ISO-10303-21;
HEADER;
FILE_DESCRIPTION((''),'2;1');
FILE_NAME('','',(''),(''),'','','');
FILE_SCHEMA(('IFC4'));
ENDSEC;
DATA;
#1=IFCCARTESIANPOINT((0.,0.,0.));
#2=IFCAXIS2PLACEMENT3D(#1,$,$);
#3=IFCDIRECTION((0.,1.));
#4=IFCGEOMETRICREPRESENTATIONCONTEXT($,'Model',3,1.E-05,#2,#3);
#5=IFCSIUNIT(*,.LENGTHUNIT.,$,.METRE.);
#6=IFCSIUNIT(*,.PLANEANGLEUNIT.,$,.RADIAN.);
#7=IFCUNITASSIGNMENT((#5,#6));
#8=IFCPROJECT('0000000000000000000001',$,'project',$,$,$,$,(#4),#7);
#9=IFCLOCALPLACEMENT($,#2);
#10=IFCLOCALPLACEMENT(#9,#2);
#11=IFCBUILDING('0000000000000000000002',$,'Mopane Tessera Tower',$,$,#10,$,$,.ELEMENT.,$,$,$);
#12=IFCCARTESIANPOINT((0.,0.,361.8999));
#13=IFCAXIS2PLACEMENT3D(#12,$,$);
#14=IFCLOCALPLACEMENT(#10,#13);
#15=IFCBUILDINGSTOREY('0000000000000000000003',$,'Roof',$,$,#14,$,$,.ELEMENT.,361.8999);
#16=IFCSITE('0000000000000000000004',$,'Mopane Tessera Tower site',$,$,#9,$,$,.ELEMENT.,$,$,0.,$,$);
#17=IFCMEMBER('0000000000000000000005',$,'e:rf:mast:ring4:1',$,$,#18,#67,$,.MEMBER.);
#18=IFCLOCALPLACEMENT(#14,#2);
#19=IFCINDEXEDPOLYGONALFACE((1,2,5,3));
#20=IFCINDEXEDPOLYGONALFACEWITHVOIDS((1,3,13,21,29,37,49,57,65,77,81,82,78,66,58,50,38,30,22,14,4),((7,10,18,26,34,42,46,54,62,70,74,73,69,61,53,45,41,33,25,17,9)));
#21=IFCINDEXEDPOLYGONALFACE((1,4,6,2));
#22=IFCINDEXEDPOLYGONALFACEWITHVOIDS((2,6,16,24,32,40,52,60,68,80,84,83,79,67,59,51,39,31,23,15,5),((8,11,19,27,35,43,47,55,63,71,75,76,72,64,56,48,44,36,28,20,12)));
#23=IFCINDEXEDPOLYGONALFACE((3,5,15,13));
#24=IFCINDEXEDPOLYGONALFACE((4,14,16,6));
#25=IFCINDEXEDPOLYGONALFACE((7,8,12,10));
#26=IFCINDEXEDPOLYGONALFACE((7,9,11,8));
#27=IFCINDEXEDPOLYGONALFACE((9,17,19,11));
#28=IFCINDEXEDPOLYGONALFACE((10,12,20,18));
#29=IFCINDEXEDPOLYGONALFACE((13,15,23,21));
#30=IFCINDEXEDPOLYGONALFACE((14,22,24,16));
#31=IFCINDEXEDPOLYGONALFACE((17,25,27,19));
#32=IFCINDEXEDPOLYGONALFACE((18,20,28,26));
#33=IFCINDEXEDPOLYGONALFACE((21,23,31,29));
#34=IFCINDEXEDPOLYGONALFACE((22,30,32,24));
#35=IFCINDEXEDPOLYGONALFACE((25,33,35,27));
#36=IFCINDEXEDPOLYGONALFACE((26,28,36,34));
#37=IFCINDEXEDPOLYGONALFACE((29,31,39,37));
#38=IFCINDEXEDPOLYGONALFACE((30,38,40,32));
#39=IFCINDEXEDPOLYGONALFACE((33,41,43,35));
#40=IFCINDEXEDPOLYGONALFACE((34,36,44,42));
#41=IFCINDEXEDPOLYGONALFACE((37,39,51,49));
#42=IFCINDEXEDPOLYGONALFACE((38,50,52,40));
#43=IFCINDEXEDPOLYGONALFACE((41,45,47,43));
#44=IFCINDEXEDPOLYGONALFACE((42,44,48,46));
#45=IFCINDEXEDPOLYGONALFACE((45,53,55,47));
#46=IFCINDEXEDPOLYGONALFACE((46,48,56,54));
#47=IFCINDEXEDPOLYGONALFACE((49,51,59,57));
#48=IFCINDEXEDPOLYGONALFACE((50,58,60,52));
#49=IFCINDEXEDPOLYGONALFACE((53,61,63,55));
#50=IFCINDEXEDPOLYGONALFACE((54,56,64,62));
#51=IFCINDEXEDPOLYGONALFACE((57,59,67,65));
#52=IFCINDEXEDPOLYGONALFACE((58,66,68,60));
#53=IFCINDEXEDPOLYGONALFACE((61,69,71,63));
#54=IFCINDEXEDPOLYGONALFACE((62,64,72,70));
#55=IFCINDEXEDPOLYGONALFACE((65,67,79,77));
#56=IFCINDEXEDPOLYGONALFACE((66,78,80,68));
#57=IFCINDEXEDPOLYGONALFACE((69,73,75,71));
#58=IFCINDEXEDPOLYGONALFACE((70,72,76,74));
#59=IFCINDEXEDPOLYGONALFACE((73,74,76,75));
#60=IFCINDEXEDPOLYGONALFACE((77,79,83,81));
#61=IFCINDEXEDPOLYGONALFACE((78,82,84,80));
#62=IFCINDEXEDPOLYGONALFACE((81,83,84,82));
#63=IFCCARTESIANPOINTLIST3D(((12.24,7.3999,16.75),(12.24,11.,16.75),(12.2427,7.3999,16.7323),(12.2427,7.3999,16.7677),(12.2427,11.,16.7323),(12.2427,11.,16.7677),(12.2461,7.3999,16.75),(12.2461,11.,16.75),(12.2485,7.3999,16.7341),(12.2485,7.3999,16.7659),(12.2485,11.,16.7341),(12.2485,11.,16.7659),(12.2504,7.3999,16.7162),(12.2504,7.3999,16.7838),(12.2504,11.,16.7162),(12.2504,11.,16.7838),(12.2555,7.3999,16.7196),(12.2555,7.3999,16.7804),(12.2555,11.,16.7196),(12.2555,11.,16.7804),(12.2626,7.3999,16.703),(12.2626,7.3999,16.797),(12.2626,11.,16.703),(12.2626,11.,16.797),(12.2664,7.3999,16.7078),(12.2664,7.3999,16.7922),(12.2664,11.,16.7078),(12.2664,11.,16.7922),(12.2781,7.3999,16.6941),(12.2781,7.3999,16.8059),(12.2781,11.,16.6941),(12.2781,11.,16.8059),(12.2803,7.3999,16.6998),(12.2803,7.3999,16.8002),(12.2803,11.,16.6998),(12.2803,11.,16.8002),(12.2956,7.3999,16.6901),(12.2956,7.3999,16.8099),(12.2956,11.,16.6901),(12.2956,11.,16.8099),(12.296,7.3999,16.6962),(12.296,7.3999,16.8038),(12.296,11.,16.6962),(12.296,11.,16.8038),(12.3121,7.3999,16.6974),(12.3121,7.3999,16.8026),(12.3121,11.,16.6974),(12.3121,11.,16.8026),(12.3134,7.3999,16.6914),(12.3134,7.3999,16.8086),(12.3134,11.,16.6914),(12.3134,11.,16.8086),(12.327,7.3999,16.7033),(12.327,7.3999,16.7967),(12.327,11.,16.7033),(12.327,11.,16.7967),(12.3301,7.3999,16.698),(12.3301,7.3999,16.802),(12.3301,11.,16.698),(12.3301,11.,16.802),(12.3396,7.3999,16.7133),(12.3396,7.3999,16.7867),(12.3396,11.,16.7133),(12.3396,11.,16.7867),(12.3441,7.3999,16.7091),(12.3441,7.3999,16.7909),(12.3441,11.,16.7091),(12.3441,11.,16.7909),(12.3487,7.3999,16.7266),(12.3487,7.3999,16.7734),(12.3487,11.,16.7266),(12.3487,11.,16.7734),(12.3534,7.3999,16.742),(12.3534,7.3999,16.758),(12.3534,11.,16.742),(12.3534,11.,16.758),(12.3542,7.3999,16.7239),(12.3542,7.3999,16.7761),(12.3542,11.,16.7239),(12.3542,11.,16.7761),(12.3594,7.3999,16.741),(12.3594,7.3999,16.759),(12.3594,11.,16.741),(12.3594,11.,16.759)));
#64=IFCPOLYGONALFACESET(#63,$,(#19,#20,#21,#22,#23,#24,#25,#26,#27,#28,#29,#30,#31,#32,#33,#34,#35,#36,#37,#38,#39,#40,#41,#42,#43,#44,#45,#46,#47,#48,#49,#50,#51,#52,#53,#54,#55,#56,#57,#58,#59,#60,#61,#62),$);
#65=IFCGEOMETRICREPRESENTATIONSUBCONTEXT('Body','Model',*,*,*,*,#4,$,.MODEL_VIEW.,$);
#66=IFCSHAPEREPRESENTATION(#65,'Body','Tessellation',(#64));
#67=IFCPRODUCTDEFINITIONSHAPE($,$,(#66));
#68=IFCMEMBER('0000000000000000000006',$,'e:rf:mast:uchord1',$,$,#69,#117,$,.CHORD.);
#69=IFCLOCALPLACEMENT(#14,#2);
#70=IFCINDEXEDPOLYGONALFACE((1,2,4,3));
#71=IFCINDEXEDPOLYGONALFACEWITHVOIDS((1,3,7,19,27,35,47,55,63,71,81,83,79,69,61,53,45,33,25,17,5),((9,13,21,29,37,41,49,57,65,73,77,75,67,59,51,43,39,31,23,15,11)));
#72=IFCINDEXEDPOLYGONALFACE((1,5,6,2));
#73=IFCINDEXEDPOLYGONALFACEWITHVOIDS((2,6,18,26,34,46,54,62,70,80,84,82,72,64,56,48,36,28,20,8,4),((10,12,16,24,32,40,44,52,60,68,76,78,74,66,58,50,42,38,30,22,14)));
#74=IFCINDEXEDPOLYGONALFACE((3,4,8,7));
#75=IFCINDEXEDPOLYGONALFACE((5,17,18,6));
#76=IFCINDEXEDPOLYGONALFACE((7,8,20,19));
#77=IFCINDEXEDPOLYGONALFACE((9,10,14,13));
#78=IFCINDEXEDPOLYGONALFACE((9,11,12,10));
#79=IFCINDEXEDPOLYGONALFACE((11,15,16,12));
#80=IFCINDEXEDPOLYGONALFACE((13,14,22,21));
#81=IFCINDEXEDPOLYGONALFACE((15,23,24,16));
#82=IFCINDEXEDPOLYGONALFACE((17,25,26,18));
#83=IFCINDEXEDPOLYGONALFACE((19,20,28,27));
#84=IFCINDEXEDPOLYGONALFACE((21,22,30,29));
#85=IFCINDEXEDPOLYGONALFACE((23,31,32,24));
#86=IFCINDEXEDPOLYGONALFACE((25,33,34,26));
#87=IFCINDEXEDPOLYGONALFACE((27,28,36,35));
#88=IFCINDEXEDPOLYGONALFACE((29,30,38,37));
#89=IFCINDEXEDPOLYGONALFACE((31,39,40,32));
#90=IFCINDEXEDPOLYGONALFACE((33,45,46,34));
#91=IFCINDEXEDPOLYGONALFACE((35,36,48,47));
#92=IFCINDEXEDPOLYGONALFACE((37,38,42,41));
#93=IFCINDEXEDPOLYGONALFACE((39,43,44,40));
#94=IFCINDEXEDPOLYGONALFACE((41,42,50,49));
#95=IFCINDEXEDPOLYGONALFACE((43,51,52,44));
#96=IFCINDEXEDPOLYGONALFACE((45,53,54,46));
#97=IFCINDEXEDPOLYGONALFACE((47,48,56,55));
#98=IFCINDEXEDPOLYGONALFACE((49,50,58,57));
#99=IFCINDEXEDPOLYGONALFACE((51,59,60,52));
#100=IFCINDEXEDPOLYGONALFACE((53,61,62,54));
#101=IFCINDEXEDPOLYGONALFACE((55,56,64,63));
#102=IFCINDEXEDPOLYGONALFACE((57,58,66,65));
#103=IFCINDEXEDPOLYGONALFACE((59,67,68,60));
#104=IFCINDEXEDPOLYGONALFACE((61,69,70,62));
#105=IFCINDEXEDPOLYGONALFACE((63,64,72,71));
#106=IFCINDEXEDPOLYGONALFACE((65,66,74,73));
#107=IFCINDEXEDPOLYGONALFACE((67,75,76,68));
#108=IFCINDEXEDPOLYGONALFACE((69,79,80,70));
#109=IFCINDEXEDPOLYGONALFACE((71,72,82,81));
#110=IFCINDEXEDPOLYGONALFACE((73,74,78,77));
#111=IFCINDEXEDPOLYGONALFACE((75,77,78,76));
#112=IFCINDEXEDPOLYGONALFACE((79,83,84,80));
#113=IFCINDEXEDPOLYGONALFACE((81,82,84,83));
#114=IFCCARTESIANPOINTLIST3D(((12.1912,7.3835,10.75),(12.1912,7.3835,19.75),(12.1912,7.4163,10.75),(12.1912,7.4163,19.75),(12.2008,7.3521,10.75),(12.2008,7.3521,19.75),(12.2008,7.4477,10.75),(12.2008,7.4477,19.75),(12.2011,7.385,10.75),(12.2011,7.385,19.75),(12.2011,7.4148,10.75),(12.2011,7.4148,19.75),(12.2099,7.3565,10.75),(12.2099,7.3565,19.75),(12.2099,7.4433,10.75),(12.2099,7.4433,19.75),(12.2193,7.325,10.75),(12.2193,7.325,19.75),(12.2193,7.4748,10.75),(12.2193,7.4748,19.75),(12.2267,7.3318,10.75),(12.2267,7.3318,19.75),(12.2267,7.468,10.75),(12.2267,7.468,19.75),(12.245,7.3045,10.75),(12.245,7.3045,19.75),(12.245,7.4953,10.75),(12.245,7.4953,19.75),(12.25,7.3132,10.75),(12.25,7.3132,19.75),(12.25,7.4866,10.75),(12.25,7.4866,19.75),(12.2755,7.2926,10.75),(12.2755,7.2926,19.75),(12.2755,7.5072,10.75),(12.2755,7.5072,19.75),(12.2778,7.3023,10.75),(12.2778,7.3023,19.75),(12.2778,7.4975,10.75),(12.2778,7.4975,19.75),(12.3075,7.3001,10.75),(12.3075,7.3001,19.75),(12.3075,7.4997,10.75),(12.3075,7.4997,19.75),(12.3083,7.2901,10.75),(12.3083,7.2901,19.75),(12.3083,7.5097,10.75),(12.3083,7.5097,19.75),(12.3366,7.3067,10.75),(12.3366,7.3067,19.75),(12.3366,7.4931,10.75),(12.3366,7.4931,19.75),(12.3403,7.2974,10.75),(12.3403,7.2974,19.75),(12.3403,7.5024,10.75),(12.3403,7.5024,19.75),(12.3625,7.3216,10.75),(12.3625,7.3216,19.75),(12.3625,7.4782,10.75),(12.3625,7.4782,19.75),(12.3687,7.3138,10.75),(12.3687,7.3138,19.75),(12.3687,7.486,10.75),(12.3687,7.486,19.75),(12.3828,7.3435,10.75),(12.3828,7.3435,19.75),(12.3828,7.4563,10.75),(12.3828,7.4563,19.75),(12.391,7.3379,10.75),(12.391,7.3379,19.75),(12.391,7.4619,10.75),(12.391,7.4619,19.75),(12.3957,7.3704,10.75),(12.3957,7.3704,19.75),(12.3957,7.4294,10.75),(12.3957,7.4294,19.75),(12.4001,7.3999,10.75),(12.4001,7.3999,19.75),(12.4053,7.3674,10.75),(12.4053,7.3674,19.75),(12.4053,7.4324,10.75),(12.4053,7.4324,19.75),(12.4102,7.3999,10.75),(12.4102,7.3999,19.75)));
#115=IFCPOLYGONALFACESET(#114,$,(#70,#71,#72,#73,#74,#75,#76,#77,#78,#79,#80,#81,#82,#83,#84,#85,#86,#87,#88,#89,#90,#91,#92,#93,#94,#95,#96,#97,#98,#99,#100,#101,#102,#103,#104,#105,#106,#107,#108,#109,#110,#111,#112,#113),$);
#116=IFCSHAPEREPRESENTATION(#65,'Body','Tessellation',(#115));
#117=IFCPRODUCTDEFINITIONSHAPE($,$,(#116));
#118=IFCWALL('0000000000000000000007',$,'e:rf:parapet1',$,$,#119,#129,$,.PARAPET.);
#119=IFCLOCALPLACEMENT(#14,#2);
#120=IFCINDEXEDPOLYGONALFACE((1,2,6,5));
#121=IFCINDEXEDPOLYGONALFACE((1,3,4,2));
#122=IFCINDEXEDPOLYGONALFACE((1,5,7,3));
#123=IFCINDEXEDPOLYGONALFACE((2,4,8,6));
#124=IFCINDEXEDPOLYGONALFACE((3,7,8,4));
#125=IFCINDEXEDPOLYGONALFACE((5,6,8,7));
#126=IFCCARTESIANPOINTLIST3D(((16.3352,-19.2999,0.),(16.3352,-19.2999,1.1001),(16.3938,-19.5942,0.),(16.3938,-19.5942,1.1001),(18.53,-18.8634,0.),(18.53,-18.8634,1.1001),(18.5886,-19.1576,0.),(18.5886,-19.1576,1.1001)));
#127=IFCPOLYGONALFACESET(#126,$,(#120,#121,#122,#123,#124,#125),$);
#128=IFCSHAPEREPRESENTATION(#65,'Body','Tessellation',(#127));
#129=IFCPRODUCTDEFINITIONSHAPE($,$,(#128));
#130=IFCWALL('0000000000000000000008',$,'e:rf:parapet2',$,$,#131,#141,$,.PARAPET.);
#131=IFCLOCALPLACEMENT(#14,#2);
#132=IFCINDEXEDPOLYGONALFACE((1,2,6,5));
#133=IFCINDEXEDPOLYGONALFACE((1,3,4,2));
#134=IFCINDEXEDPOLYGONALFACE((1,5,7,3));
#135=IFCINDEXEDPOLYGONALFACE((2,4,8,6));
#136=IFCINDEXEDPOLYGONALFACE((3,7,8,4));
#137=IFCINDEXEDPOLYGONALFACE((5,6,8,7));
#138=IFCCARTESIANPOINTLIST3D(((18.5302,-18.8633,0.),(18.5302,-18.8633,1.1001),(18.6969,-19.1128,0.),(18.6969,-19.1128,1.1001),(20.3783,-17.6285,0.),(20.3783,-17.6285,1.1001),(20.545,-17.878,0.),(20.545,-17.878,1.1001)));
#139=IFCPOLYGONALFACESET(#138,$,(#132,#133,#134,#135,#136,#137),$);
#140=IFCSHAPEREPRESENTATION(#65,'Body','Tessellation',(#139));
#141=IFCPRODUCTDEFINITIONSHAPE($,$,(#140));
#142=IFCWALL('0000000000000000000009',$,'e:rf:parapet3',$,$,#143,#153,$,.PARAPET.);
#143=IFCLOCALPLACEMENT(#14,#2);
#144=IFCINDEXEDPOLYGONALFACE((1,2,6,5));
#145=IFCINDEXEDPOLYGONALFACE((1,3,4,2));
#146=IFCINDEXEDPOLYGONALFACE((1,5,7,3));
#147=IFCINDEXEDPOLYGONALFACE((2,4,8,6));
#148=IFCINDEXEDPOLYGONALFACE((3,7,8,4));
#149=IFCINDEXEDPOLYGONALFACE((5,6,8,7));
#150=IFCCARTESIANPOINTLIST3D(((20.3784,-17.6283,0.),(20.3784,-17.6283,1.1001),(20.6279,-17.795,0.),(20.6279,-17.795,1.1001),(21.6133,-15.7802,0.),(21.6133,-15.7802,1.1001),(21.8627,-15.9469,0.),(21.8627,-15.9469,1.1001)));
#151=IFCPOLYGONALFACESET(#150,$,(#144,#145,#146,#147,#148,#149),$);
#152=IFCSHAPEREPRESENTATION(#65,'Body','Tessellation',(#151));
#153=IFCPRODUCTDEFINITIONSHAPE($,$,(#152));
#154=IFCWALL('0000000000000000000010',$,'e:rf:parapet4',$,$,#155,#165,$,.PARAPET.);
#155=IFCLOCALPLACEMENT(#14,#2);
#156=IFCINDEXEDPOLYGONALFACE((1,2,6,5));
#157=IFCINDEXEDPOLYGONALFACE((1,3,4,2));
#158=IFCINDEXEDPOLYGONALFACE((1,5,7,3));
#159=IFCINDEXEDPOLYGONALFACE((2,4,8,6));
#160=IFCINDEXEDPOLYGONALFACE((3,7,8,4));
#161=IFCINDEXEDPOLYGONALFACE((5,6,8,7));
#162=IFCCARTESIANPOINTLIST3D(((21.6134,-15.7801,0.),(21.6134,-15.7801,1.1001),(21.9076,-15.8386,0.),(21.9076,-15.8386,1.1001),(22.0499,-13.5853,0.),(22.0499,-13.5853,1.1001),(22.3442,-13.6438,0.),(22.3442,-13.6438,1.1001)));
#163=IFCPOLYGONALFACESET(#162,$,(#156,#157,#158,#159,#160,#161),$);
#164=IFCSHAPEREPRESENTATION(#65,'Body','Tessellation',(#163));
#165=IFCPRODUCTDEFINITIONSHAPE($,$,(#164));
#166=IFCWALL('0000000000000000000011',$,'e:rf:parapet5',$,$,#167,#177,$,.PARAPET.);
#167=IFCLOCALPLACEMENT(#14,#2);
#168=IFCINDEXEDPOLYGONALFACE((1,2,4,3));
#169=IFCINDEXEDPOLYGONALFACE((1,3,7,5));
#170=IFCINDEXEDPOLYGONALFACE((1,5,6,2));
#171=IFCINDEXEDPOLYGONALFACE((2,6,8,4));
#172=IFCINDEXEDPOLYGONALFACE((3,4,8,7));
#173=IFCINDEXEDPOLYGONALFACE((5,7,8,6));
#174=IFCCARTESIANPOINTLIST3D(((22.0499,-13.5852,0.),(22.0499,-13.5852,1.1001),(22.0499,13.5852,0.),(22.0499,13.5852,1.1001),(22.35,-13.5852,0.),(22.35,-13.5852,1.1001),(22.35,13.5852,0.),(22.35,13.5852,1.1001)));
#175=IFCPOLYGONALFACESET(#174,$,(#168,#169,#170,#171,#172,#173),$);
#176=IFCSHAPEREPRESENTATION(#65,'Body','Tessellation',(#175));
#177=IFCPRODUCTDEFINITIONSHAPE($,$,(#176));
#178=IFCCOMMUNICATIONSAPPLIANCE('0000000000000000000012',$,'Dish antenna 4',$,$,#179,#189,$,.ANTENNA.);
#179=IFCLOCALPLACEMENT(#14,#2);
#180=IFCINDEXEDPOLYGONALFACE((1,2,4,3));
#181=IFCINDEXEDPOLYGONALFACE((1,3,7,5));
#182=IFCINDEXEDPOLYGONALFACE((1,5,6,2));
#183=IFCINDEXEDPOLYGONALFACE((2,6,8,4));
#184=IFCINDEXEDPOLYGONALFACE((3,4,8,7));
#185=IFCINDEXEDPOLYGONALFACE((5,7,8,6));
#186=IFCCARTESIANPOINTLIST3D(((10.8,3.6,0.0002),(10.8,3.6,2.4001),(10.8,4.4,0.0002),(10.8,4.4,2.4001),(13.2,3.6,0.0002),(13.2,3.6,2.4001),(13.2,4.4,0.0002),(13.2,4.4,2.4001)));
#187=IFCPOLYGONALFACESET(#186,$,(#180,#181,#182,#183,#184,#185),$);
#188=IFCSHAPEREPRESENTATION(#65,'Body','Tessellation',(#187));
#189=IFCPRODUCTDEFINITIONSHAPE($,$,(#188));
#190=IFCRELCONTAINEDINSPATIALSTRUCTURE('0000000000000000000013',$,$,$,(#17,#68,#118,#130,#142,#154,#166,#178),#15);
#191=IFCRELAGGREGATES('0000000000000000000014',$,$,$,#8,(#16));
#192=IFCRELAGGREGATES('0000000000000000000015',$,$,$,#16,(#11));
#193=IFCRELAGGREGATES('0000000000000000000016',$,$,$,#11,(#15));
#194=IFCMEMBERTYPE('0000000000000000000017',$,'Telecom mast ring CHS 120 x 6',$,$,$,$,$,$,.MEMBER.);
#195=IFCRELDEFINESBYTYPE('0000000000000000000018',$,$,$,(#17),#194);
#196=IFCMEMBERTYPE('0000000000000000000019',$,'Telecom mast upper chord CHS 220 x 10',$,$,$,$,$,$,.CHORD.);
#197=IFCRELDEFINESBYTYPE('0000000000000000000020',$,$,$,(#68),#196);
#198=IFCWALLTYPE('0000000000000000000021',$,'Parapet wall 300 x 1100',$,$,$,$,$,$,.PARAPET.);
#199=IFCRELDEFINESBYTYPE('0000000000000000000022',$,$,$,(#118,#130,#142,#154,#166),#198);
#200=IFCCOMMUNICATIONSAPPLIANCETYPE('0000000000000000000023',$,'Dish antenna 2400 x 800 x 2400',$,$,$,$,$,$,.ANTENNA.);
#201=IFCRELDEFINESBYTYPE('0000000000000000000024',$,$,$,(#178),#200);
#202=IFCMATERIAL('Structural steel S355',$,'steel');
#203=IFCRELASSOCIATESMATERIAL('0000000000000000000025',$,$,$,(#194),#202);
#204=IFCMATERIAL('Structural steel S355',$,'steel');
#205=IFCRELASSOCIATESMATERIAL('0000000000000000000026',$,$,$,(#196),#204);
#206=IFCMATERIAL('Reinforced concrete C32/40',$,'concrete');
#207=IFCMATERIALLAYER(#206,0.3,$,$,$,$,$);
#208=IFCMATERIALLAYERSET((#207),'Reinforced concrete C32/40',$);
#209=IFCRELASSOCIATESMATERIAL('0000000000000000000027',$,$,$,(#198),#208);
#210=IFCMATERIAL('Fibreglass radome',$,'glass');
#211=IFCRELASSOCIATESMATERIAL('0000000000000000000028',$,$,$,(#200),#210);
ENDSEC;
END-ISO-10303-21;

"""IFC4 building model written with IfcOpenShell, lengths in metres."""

from ifc_helpers import new_model, si_unit, direction, frame, frame_2d, origin, origin_2d, place, context, subcontext, project, spatial, rectangle, hollow_circle, extrude, material, layer, layer_set, material_profile, profile_set, type_object, element, save


model = new_model("IFC4")

# Units and contexts
model_context = context("Model", 3, precision=1e-05, world=origin(), true_north=direction((0.0, 1.0)))
body_context = subcontext(model_context, "Body", "Model", "MODEL_VIEW")
ifc_project = project(units=[si_unit("LENGTHUNIT", "METRE"), si_unit("PLANEANGLEUNIT", "RADIAN")], contexts=[model_context])

# Site, building, storey
site_placement = place(None, origin())
site = spatial("IfcSite", under=ifc_project, at=site_placement, Name="Mopane Tessera Tower site", CompositionType="ELEMENT", RefElevation=0.0)
building_placement = place(site_placement, origin())
building = spatial("IfcBuilding", under=site, at=building_placement, Name="Mopane Tessera Tower", CompositionType="ELEMENT")
storey_placement = place(building_placement, frame((0.0, 0.0, 361.8999)))
storey = spatial("IfcBuildingStorey", under=building, at=storey_placement, Name="Roof", CompositionType="ELEMENT", Elevation=361.8999)

# Members
ifc_material_1 = material(Name="Structural steel S355", Category="steel")
ifc_material_profile_1 = material_profile(ifc_material_1, hollow_circle(Radius=0.0601, WallThickness=0.0061, at=origin_2d()))
ifc_profile_set_1 = profile_set([ifc_material_profile_1], Name="Structural steel S355")
member_type_1 = type_object("IfcMemberType", Name="Telecom mast ring CHS 120 x 6", PredefinedType="MEMBER", material=ifc_profile_set_1)
for number, where, z_axis, x_axis, name in (
    (1, (12.3, 7.3999, 16.75), (0.0, 1.0, 0.0), (-1.0, 0.0, 0.0), "e:rf:mast:ring4:1"),
):
    element("IfcMember", number, at=place(storey_placement, frame(where, z_axis=z_axis, x_axis=x_axis)), inside=storey, type_object=member_type_1, Name=name, PredefinedType="MEMBER", context=body_context, shape_type="SweptSolid", body=[
        extrude(hollow_circle(Radius=0.0601, WallThickness=0.0061, at=origin_2d()), origin(), (0.0, 0.0, 1.0), 3.6001),
    ])
ifc_material_2 = material(Name="Structural steel S355", Category="steel")
ifc_material_profile_2 = material_profile(ifc_material_2, hollow_circle(Radius=0.1101, WallThickness=0.01, at=origin_2d()))
ifc_profile_set_2 = profile_set([ifc_material_profile_2], Name="Structural steel S355")
member_type_2 = type_object("IfcMemberType", Name="Telecom mast upper chord CHS 220 x 10", PredefinedType="CHORD", material=ifc_profile_set_2)
member_1_placement = place(storey_placement, frame((12.3, 7.3999, 10.75), z_axis=(0.0, 0.0, 1.0), x_axis=(1.0, 0.0, 0.0)))
element("IfcMember", 2, at=member_1_placement, inside=storey, type_object=member_type_2, Name="e:rf:mast:uchord1", PredefinedType="CHORD", context=body_context, shape_type="SweptSolid", body=[
    extrude(hollow_circle(Radius=0.1101, WallThickness=0.01, at=origin_2d()), origin(), (0.0, 0.0, 1.0), 9.0),
])

# Walls
ifc_material_3 = material(Name="Reinforced concrete C32/40", Category="concrete")
ifc_layer = layer(ifc_material_3, 0.3)
ifc_layer_set = layer_set([ifc_layer], Name="Reinforced concrete C32/40")
wall_type = type_object("IfcWallType", Name="Parapet wall 300 x 1100", PredefinedType="PARAPET", material=ifc_layer_set)
wall_1_placement = place(storey_placement, frame((16.3645, -19.447, 0.0), z_axis=(0.0, 0.0, 1.0), x_axis=(0.98079, 0.195067, 0.0)))
element("IfcWall", 3, at=wall_1_placement, inside=storey, type_object=wall_type, Name="e:rf:parapet1", PredefinedType="PARAPET", context=body_context, shape_type="SweptSolid", body=[
    extrude(rectangle(XDim=2.2378, YDim=0.3, at=frame_2d((1.1189, 0.0))), origin(), (0.0, 0.0, 1.0), 1.1001),
])
for number, where, z_axis, x_axis, name in (
    (4, (18.6135, -18.988, 0.0), (0.0, 0.0, 1.0), (0.831475, 0.555562, 0.0), "e:rf:parapet2"),
    (5, (20.5032, -17.7117, 0.0), (0.0, 0.0, 1.0), (0.555562, 0.831475, 0.0), "e:rf:parapet3"),
):
    element("IfcWall", number, at=place(storey_placement, frame(where, z_axis=z_axis, x_axis=x_axis)), inside=storey, type_object=wall_type, Name=name, PredefinedType="PARAPET", context=body_context, shape_type="SweptSolid", body=[
        extrude(rectangle(XDim=2.2227, YDim=0.3, at=frame_2d((1.1113, 0.0))), origin(), (0.0, 0.0, 1.0), 1.1001),
    ])
wall_2_placement = place(storey_placement, frame((21.7605, -15.8093, 0.0), z_axis=(0.0, 0.0, 1.0), x_axis=(0.195067, 0.98079, 0.0)))
element("IfcWall", 6, at=wall_2_placement, inside=storey, type_object=wall_type, Name="e:rf:parapet4", PredefinedType="PARAPET", context=body_context, shape_type="SweptSolid", body=[
    extrude(rectangle(XDim=2.2378, YDim=0.3, at=frame_2d((1.1189, 0.0))), origin(), (0.0, 0.0, 1.0), 1.1001),
])
wall_3_placement = place(storey_placement, frame((22.2, -13.5852, 0.0), z_axis=(0.0, 0.0, 1.0), x_axis=(0.0, 1.0, 0.0)))
element("IfcWall", 7, at=wall_3_placement, inside=storey, type_object=wall_type, Name="e:rf:parapet5", PredefinedType="PARAPET", context=body_context, shape_type="SweptSolid", body=[
    extrude(rectangle(XDim=27.1704, YDim=0.3, at=frame_2d((13.5852, 0.0))), origin(), (0.0, 0.0, 1.0), 1.1001),
])

# Communications appliance
ifc_material_4 = material(Name="Fibreglass radome", Category="glass")
communications_appliance_type = type_object("IfcCommunicationsApplianceType", Name="Dish antenna 2400 x 800 x 2400", PredefinedType="ANTENNA", material=ifc_material_4)
communications_appliance_placement = place(storey_placement, frame((12.0, 4.0, 0.0002), z_axis=(0.0, 0.0, 1.0), x_axis=(1.0, 0.0, 0.0)))
element("IfcCommunicationsAppliance", 8, at=communications_appliance_placement, inside=storey, type_object=communications_appliance_type, Name="Dish antenna 4", PredefinedType="ANTENNA", context=body_context, shape_type="SweptSolid", body=[
    extrude(rectangle(XDim=2.3999, YDim=0.8, at=origin_2d()), origin(), (0.0, 0.0, 1.0), 2.3999),
])

save(model, "model.ifc")
